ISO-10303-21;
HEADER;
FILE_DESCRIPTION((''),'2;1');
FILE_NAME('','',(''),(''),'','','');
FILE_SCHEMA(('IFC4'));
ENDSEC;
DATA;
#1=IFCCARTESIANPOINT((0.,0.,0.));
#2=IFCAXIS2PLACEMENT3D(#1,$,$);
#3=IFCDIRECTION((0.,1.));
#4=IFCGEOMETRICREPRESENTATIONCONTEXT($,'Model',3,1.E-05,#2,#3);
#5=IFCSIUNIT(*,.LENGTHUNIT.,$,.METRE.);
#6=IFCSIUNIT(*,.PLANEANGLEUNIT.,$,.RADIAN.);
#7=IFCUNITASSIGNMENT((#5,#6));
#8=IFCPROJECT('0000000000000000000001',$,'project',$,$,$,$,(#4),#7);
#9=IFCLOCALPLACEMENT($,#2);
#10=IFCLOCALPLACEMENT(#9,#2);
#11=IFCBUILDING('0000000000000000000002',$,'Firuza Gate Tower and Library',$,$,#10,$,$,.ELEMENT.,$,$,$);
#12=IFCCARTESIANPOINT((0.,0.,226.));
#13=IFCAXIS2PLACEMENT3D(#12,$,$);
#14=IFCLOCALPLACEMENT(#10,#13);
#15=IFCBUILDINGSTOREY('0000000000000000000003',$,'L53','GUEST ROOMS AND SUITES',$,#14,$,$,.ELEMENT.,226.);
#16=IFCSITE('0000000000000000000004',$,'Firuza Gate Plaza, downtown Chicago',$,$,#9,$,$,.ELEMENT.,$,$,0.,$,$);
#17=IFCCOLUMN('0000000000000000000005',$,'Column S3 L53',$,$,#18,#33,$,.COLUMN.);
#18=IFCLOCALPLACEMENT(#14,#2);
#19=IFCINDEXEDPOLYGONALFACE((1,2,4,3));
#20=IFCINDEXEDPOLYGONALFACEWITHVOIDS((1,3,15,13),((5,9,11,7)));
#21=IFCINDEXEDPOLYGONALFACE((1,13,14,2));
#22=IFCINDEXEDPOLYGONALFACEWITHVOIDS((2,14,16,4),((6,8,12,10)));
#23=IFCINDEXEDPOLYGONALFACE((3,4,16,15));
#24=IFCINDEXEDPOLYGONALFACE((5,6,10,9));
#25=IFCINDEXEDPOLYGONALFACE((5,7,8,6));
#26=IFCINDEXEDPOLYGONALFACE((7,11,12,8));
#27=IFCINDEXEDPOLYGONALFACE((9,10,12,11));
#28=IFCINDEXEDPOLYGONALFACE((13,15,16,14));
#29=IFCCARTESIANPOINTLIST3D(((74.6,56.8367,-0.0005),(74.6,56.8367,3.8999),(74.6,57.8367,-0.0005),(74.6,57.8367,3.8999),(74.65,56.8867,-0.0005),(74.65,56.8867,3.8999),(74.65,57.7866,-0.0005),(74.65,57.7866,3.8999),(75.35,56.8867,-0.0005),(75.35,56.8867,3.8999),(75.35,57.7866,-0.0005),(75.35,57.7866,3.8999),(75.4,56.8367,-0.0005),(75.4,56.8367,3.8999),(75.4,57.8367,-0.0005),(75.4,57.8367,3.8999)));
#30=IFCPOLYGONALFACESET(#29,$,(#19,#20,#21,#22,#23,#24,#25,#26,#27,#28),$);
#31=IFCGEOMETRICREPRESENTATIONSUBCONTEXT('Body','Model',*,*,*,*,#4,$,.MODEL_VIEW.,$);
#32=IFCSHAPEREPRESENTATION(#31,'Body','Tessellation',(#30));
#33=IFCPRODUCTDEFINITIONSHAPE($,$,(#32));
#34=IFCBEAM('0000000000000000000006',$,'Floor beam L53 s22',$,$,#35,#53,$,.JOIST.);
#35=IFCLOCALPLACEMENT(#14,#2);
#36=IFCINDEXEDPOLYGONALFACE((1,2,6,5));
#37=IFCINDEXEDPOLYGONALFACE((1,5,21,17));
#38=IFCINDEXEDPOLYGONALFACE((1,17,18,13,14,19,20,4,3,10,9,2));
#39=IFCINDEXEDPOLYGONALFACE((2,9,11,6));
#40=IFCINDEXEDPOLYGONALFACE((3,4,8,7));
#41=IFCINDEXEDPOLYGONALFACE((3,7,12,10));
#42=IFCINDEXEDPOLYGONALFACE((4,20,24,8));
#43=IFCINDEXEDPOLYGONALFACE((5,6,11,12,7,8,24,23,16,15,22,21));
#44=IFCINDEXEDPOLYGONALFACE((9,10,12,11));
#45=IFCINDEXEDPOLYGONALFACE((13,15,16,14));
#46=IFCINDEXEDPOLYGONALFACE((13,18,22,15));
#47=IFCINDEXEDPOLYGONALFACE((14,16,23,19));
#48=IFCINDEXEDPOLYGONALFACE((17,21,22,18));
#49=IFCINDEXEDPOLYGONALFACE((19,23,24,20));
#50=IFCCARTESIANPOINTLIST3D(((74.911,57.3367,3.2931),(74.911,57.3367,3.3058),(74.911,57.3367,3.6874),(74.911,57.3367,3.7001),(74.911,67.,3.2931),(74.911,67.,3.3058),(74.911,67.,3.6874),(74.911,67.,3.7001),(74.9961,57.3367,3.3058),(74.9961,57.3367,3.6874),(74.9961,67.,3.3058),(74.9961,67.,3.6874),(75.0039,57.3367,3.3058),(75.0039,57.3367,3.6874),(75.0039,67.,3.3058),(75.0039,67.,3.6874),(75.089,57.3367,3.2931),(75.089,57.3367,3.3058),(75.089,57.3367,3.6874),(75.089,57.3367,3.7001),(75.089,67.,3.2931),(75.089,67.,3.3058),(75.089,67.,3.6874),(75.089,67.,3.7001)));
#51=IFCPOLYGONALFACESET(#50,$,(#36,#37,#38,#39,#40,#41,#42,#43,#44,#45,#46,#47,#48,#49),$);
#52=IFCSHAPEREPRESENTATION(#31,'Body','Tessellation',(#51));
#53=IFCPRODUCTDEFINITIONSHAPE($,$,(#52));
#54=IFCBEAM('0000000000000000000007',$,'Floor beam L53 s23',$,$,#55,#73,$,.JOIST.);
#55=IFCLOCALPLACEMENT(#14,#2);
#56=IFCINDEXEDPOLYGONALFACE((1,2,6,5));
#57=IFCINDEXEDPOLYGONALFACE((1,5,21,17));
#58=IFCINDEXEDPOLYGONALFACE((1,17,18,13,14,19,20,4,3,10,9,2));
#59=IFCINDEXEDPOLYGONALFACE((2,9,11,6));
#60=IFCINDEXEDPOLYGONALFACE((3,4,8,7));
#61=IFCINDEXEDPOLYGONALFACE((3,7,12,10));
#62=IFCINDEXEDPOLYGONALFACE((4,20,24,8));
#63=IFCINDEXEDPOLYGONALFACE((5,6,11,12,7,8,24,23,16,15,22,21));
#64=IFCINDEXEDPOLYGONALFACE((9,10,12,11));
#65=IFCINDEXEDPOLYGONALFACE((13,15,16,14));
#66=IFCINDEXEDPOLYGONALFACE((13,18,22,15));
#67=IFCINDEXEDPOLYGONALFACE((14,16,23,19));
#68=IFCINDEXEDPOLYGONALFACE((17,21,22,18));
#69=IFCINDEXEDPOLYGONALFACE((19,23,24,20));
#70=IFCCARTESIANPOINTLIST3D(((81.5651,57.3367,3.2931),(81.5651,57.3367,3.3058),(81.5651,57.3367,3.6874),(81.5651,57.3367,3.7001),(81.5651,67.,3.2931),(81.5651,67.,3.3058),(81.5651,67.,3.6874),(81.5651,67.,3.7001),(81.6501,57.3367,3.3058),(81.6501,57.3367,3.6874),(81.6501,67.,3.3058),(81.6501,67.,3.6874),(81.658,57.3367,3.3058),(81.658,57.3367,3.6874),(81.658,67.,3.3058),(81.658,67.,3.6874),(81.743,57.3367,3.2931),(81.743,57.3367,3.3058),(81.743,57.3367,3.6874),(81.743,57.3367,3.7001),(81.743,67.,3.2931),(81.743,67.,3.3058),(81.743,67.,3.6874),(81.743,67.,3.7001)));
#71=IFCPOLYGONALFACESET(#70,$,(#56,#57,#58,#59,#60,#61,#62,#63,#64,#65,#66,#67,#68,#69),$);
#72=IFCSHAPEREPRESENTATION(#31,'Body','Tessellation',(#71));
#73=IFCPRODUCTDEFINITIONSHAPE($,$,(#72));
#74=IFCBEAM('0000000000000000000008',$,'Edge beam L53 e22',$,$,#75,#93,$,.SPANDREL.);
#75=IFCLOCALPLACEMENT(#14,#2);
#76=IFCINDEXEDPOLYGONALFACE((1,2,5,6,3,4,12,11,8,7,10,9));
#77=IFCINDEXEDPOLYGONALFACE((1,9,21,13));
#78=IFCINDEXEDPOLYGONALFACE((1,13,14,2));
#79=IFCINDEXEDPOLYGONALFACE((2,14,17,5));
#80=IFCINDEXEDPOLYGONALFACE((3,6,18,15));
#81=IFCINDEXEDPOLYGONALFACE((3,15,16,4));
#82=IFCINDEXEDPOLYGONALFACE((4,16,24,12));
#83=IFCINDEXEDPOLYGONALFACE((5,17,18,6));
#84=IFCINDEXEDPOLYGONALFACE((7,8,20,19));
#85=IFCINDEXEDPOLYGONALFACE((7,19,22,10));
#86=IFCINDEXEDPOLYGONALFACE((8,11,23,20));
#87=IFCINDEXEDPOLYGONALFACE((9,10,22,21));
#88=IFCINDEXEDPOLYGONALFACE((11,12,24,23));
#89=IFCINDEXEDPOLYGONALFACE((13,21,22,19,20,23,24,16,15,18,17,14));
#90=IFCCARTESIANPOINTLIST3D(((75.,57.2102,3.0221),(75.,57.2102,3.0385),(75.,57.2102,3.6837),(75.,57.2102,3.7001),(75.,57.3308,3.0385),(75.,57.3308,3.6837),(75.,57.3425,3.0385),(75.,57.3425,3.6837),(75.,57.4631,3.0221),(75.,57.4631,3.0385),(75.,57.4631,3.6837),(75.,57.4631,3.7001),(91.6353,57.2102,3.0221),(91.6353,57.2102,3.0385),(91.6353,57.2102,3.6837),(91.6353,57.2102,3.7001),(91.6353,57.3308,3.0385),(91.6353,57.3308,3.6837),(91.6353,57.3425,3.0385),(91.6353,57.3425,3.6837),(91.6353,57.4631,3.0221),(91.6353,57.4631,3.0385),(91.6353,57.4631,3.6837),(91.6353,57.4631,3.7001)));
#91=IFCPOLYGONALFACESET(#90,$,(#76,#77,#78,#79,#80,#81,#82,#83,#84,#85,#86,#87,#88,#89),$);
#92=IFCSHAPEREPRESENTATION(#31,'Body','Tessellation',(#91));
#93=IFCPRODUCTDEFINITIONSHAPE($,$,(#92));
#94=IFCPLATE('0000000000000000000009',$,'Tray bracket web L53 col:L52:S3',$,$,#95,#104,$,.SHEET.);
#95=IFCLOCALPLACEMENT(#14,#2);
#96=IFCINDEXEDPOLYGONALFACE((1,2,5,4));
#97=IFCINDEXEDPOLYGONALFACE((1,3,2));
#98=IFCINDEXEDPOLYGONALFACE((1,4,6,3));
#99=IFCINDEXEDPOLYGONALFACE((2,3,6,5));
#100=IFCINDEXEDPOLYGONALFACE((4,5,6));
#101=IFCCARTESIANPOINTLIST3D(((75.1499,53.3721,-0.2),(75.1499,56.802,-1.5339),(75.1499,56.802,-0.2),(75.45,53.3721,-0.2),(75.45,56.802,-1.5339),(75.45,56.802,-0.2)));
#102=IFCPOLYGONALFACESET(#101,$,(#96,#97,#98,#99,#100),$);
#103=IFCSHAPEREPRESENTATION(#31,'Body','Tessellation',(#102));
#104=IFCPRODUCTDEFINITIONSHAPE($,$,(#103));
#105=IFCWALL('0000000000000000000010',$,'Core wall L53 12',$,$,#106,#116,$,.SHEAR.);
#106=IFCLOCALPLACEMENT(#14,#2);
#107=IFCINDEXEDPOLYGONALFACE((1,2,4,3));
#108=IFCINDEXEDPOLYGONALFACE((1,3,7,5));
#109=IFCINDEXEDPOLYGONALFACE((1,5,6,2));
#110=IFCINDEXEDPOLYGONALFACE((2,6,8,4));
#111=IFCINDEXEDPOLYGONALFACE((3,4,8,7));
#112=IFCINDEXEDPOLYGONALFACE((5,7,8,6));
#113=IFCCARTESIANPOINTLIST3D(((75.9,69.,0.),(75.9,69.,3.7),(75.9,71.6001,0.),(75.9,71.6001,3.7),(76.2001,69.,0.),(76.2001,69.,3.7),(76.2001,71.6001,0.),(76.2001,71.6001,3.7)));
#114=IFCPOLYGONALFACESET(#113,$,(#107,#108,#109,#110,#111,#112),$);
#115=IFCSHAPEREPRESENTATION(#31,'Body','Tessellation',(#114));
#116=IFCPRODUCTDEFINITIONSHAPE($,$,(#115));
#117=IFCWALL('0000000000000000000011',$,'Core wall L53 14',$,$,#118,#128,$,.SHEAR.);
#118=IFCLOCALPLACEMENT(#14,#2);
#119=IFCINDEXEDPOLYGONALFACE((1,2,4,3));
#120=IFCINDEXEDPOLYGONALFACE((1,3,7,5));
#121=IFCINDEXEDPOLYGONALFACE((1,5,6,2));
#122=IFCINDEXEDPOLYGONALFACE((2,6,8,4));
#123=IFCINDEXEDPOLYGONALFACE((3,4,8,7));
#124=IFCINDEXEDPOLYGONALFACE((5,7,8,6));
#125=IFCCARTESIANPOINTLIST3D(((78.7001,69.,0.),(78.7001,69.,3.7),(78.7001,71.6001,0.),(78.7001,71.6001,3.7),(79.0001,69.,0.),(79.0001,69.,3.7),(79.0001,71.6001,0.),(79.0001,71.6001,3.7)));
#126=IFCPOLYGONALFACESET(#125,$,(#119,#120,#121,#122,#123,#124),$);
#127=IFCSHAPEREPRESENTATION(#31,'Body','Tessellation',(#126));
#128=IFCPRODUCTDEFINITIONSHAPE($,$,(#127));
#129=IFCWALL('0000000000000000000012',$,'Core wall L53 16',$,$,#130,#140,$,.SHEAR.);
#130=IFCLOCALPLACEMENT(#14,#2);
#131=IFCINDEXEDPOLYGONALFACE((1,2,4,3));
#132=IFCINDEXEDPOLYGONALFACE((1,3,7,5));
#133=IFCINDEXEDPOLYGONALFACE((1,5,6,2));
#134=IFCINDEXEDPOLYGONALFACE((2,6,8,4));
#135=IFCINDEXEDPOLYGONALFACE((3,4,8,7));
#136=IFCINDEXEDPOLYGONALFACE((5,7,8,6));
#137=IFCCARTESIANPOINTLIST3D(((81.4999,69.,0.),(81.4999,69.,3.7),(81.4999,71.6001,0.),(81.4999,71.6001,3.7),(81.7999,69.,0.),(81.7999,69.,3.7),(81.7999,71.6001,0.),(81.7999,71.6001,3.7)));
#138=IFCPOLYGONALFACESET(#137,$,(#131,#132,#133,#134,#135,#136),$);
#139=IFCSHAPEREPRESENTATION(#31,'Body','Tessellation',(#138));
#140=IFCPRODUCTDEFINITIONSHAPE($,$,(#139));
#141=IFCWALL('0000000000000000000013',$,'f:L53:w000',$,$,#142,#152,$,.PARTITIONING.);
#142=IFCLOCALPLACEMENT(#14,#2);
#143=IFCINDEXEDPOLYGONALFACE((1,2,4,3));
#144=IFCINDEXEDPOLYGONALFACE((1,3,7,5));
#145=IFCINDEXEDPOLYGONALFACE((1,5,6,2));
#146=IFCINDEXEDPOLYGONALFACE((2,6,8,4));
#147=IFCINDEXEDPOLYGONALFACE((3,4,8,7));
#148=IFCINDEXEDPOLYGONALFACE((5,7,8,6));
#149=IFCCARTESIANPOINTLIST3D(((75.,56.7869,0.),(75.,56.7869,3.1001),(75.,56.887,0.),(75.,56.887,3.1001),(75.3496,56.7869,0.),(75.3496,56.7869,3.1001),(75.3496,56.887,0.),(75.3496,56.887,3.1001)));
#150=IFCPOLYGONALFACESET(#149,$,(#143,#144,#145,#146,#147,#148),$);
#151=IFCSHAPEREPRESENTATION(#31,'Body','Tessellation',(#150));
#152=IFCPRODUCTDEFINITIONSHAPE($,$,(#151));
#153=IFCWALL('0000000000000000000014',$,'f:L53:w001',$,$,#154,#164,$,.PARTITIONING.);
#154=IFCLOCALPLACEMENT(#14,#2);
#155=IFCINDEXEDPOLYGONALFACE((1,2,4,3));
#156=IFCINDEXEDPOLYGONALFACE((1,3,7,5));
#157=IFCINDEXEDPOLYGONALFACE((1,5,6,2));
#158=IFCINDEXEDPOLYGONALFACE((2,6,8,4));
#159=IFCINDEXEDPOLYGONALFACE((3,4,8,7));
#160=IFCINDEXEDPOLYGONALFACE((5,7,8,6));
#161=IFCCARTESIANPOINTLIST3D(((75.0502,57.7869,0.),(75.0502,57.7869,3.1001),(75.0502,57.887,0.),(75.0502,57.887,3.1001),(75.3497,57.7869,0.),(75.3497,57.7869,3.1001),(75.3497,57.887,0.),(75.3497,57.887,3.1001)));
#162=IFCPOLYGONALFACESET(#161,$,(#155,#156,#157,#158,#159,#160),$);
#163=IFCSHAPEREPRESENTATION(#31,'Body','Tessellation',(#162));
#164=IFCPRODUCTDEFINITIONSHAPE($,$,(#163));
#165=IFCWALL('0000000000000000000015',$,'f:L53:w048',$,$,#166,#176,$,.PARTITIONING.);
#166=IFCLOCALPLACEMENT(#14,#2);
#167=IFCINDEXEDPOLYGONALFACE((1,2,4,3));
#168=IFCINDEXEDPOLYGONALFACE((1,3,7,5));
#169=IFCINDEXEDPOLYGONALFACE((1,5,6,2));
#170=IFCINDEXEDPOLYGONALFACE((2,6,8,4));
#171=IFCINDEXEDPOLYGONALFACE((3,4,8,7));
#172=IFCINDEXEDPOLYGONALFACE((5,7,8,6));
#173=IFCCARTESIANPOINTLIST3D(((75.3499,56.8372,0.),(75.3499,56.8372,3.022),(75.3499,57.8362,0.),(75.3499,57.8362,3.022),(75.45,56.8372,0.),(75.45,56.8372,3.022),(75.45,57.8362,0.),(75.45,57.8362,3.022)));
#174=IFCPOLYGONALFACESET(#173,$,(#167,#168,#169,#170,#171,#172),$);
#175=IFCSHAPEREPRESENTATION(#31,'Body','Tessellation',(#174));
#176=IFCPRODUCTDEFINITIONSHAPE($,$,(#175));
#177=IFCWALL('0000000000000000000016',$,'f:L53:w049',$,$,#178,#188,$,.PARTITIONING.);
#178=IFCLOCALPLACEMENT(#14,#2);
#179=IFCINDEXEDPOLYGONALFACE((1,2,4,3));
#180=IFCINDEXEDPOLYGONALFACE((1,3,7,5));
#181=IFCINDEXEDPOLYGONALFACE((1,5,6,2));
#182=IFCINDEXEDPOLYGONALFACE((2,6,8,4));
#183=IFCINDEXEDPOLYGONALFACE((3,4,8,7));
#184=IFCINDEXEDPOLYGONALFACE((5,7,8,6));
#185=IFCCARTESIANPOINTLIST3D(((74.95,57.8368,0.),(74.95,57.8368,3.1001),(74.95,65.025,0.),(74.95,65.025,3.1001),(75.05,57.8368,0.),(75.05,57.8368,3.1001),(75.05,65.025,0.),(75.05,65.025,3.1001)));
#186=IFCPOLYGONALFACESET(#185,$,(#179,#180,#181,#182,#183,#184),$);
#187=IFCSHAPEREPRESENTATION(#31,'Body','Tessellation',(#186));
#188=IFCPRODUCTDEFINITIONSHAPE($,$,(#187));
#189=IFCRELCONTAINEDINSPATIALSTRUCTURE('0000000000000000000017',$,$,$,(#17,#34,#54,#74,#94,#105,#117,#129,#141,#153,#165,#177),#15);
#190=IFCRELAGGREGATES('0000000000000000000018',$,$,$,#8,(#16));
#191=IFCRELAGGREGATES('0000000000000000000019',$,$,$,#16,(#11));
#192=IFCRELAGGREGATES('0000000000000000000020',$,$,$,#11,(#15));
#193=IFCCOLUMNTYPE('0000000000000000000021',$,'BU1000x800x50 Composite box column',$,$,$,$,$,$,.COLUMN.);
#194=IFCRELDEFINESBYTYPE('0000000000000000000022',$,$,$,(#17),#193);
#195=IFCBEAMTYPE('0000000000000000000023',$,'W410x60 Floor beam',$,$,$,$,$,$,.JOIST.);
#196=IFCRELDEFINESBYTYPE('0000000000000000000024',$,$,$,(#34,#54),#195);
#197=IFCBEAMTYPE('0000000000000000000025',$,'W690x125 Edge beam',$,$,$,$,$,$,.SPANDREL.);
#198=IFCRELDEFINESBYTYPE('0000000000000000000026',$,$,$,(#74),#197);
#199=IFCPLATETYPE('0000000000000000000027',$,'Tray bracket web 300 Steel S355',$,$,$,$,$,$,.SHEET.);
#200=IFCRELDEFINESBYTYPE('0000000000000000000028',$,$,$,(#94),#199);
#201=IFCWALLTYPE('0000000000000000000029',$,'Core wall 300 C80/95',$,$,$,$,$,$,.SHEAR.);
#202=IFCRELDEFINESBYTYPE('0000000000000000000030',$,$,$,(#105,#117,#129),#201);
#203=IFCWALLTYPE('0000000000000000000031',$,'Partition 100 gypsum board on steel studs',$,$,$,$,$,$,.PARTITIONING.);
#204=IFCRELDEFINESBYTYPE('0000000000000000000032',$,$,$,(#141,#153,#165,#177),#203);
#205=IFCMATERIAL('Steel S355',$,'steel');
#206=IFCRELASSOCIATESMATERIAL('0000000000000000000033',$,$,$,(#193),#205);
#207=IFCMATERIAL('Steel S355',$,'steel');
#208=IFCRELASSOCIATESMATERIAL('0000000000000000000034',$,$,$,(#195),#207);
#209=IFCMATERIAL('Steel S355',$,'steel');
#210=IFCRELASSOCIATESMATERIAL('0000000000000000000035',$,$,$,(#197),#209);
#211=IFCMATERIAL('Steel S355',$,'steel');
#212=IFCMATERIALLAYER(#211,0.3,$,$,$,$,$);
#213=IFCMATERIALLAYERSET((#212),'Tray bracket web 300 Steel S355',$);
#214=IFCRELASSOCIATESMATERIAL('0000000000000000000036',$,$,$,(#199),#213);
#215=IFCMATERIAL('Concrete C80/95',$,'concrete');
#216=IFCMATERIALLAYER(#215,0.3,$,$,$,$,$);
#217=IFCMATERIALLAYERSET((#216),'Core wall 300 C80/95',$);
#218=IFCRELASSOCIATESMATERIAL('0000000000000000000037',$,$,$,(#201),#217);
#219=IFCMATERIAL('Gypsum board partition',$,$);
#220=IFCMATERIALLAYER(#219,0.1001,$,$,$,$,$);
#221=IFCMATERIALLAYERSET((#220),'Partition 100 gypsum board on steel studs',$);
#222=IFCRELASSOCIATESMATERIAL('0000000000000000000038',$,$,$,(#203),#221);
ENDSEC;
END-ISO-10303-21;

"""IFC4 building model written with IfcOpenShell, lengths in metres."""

from ifc_helpers import new_model, si_unit, direction, frame, frame_2d, origin, origin_2d, place, context, subcontext, project, spatial, polyline, rectangle, hollow_rectangle, i_section, outline, extrude, material, layer, layer_set, material_profile, profile_set, type_object, element, save


model = new_model("IFC4")

# Units and contexts
model_context = context("Model", 3, precision=1e-05, world=origin(), true_north=direction((0.0, 1.0)))
body_context = subcontext(model_context, "Body", "Model", "MODEL_VIEW")
ifc_project = project(units=[si_unit("LENGTHUNIT", "METRE"), si_unit("PLANEANGLEUNIT", "RADIAN")], contexts=[model_context])

# Site, building, storey
site_placement = place(None, origin())
site = spatial("IfcSite", under=ifc_project, at=site_placement, Name="Firuza Gate Plaza, downtown Chicago", CompositionType="ELEMENT", RefElevation=0.0)
building_placement = place(site_placement, origin())
building = spatial("IfcBuilding", under=site, at=building_placement, Name="Firuza Gate Tower and Library", CompositionType="ELEMENT")
storey_placement = place(building_placement, frame((0.0, 0.0, 226.0)))
storey = spatial("IfcBuildingStorey", under=building, at=storey_placement, Name="L53", Description="GUEST ROOMS AND SUITES", CompositionType="ELEMENT", Elevation=226.0)

# Column
ifc_material_1 = material(Name="Steel S355", Category="steel")
ifc_material_profile_1 = material_profile(ifc_material_1, hollow_rectangle(XDim=0.8, YDim=1.0, WallThickness=0.05, at=origin_2d()))
ifc_profile_set_1 = profile_set([ifc_material_profile_1], Name="Steel S355")
column_type = type_object("IfcColumnType", Name="BU1000x800x50 Composite box column", PredefinedType="COLUMN", material=ifc_profile_set_1)
column_placement = place(storey_placement, frame((75.0, 57.3367, -0.0005), z_axis=(0.0, 0.0, 1.0), x_axis=(1.0, 0.0, 0.0)))
element("IfcColumn", 1, at=column_placement, inside=storey, type_object=column_type, Name="Column S3 L53", PredefinedType="COLUMN", context=body_context, shape_type="SweptSolid", body=[
    extrude(hollow_rectangle(XDim=0.8, YDim=1.0, WallThickness=0.05, at=origin_2d()), origin(), (0.0, 0.0, 1.0), 3.9004),
])

# Beams
ifc_material_2 = material(Name="Steel S355", Category="steel")
ifc_material_profile_2 = material_profile(ifc_material_2, i_section(OverallWidth=0.178, OverallDepth=0.407, WebThickness=0.0078, FlangeThickness=0.0127, at=origin_2d()))
ifc_profile_set_2 = profile_set([ifc_material_profile_2], Name="Steel S355")
beam_type_1 = type_object("IfcBeamType", Name="W410x60 Floor beam", PredefinedType="JOIST", material=ifc_profile_set_2)
for number, where, z_axis, x_axis, name in (
    (2, (75.0, 57.3367, 3.4966), (0.0, 1.0, 0.0), (-1.0, 0.0, 0.0), "Floor beam L53 s22"),
    (3, (81.6541, 57.3367, 3.4966), (0.0, 1.0, 0.0), (-1.0, 0.0, 0.0), "Floor beam L53 s23"),
):
    element("IfcBeam", number, at=place(storey_placement, frame(where, z_axis=z_axis, x_axis=x_axis)), inside=storey, type_object=beam_type_1, Name=name, PredefinedType="JOIST", context=body_context, shape_type="SweptSolid", body=[
        extrude(i_section(OverallWidth=0.178, OverallDepth=0.407, WebThickness=0.0078, FlangeThickness=0.0127, at=origin_2d()), origin(), (0.0, 0.0, 1.0), 9.6633),
    ])
ifc_material_3 = material(Name="Steel S355", Category="steel")
ifc_material_profile_3 = material_profile(ifc_material_3, i_section(OverallWidth=0.2529, OverallDepth=0.678, WebThickness=0.0117, FlangeThickness=0.0164, at=origin_2d()))
ifc_profile_set_3 = profile_set([ifc_material_profile_3], Name="Steel S355")
beam_type_2 = type_object("IfcBeamType", Name="W690x125 Edge beam", PredefinedType="SPANDREL", material=ifc_profile_set_3)
beam_placement = place(storey_placement, frame((75.0, 57.3367, 3.3611), z_axis=(1.0, 0.0, 0.0), x_axis=(0.0, 1.0, 0.0)))
element("IfcBeam", 4, at=beam_placement, inside=storey, type_object=beam_type_2, Name="Edge beam L53 e22", PredefinedType="SPANDREL", context=body_context, shape_type="SweptSolid", body=[
    extrude(i_section(OverallWidth=0.2529, OverallDepth=0.678, WebThickness=0.0117, FlangeThickness=0.0164, at=origin_2d()), origin(), (0.0, 0.0, 1.0), 16.6353),
])

# Plate
ifc_material_4 = material(Name="Steel S355", Category="steel")
ifc_layer_1 = layer(ifc_material_4, 0.3)
ifc_layer_set_1 = layer_set([ifc_layer_1], Name="Tray bracket web 300 Steel S355")
plate_type = type_object("IfcPlateType", Name="Tray bracket web 300 Steel S355", PredefinedType="SHEET", material=ifc_layer_set_1)
plate_placement = place(storey_placement, frame((75.45, 56.802, -0.2), z_axis=(1.0, 0.0, 0.0), x_axis=(0.0, -1.0, 0.0)))
element("IfcPlate", 5, at=plate_placement, inside=storey, type_object=plate_type, Name="Tray bracket web L53 col:L52:S3", PredefinedType="SHEET", context=body_context, shape_type="SweptSolid", body=[
    extrude(outline(polyline([(0.0, 0.0), (3.4299, 0.0), (0.0, 1.334), (0.0, 0.0)])), origin(), (0.0, 0.0, -1.0), 0.3),
])

# Walls
ifc_material_5 = material(Name="Concrete C80/95", Category="concrete")
ifc_layer_2 = layer(ifc_material_5, 0.3)
ifc_layer_set_2 = layer_set([ifc_layer_2], Name="Core wall 300 C80/95")
wall_type_1 = type_object("IfcWallType", Name="Core wall 300 C80/95", PredefinedType="SHEAR", material=ifc_layer_set_2)
for number, where, z_axis, x_axis, name in (
    (6, (76.05, 69.0, 0.0), (0.0, 0.0, 1.0), (0.0, 1.0, 0.0), "Core wall L53 12"),
    (7, (78.8501, 69.0, 0.0), (0.0, 0.0, 1.0), (0.0, 1.0, 0.0), "Core wall L53 14"),
    (8, (81.6499, 69.0, 0.0), (0.0, 0.0, 1.0), (0.0, 1.0, 0.0), "Core wall L53 16"),
):
    element("IfcWall", number, at=place(storey_placement, frame(where, z_axis=z_axis, x_axis=x_axis)), inside=storey, type_object=wall_type_1, Name=name, PredefinedType="SHEAR", context=body_context, shape_type="SweptSolid", body=[
        extrude(rectangle(XDim=2.6001, YDim=0.3, at=frame_2d((1.3, 0.0))), origin(), (0.0, 0.0, 1.0), 3.7),
    ])
ifc_material_6 = material(Name="Gypsum board partition")
ifc_layer_3 = layer(ifc_material_6, 0.1001)
ifc_layer_set_3 = layer_set([ifc_layer_3], Name="Partition 100 gypsum board on steel studs")
wall_type_2 = type_object("IfcWallType", Name="Partition 100 gypsum board on steel studs", PredefinedType="PARTITIONING", material=ifc_layer_set_3)
wall_1_placement = place(storey_placement, frame((75.0, 56.8369, 0.0), z_axis=(0.0, 0.0, 1.0), x_axis=(1.0, 0.0, 0.0)))
element("IfcWall", 9, at=wall_1_placement, inside=storey, type_object=wall_type_2, Name="f:L53:w000", PredefinedType="PARTITIONING", context=body_context, shape_type="SweptSolid", body=[
    extrude(rectangle(XDim=0.3496, YDim=0.1001, at=frame_2d((0.1748, 0.0))), origin(), (0.0, 0.0, 1.0), 3.1001),
])
wall_2_placement = place(storey_placement, frame((75.05, 57.8369, 0.0), z_axis=(0.0, 0.0, 1.0), x_axis=(1.0, 0.0, 0.0)))
element("IfcWall", 10, at=wall_2_placement, inside=storey, type_object=wall_type_2, Name="f:L53:w001", PredefinedType="PARTITIONING", context=body_context, shape_type="SweptSolid", body=[
    extrude(rectangle(XDim=0.2996, YDim=0.1001, at=frame_2d((0.1499, 0.0))), origin(), (0.0, 0.0, 1.0), 3.1001),
])
wall_3_placement = place(storey_placement, frame((75.3999, 56.8372, 0.0), z_axis=(0.0, 0.0, 1.0), x_axis=(0.0, 1.0, 0.0)))
element("IfcWall", 11, at=wall_3_placement, inside=storey, type_object=wall_type_2, Name="f:L53:w048", PredefinedType="PARTITIONING", context=body_context, shape_type="SweptSolid", body=[
    extrude(rectangle(XDim=0.999, YDim=0.1001, at=frame_2d((0.4995, 0.0))), origin(), (0.0, 0.0, 1.0), 3.022),
])
wall_4_placement = place(storey_placement, frame((75.0, 57.8367, 0.0), z_axis=(0.0, 0.0, 1.0), x_axis=(0.0, 1.0, 0.0)))
element("IfcWall", 12, at=wall_4_placement, inside=storey, type_object=wall_type_2, Name="f:L53:w049", PredefinedType="PARTITIONING", context=body_context, shape_type="SweptSolid", body=[
    extrude(rectangle(XDim=7.1882, YDim=0.1001, at=frame_2d((3.5942, 0.0))), origin(), (0.0, 0.0, 1.0), 3.1001),
])

save(model, "model.ifc")
